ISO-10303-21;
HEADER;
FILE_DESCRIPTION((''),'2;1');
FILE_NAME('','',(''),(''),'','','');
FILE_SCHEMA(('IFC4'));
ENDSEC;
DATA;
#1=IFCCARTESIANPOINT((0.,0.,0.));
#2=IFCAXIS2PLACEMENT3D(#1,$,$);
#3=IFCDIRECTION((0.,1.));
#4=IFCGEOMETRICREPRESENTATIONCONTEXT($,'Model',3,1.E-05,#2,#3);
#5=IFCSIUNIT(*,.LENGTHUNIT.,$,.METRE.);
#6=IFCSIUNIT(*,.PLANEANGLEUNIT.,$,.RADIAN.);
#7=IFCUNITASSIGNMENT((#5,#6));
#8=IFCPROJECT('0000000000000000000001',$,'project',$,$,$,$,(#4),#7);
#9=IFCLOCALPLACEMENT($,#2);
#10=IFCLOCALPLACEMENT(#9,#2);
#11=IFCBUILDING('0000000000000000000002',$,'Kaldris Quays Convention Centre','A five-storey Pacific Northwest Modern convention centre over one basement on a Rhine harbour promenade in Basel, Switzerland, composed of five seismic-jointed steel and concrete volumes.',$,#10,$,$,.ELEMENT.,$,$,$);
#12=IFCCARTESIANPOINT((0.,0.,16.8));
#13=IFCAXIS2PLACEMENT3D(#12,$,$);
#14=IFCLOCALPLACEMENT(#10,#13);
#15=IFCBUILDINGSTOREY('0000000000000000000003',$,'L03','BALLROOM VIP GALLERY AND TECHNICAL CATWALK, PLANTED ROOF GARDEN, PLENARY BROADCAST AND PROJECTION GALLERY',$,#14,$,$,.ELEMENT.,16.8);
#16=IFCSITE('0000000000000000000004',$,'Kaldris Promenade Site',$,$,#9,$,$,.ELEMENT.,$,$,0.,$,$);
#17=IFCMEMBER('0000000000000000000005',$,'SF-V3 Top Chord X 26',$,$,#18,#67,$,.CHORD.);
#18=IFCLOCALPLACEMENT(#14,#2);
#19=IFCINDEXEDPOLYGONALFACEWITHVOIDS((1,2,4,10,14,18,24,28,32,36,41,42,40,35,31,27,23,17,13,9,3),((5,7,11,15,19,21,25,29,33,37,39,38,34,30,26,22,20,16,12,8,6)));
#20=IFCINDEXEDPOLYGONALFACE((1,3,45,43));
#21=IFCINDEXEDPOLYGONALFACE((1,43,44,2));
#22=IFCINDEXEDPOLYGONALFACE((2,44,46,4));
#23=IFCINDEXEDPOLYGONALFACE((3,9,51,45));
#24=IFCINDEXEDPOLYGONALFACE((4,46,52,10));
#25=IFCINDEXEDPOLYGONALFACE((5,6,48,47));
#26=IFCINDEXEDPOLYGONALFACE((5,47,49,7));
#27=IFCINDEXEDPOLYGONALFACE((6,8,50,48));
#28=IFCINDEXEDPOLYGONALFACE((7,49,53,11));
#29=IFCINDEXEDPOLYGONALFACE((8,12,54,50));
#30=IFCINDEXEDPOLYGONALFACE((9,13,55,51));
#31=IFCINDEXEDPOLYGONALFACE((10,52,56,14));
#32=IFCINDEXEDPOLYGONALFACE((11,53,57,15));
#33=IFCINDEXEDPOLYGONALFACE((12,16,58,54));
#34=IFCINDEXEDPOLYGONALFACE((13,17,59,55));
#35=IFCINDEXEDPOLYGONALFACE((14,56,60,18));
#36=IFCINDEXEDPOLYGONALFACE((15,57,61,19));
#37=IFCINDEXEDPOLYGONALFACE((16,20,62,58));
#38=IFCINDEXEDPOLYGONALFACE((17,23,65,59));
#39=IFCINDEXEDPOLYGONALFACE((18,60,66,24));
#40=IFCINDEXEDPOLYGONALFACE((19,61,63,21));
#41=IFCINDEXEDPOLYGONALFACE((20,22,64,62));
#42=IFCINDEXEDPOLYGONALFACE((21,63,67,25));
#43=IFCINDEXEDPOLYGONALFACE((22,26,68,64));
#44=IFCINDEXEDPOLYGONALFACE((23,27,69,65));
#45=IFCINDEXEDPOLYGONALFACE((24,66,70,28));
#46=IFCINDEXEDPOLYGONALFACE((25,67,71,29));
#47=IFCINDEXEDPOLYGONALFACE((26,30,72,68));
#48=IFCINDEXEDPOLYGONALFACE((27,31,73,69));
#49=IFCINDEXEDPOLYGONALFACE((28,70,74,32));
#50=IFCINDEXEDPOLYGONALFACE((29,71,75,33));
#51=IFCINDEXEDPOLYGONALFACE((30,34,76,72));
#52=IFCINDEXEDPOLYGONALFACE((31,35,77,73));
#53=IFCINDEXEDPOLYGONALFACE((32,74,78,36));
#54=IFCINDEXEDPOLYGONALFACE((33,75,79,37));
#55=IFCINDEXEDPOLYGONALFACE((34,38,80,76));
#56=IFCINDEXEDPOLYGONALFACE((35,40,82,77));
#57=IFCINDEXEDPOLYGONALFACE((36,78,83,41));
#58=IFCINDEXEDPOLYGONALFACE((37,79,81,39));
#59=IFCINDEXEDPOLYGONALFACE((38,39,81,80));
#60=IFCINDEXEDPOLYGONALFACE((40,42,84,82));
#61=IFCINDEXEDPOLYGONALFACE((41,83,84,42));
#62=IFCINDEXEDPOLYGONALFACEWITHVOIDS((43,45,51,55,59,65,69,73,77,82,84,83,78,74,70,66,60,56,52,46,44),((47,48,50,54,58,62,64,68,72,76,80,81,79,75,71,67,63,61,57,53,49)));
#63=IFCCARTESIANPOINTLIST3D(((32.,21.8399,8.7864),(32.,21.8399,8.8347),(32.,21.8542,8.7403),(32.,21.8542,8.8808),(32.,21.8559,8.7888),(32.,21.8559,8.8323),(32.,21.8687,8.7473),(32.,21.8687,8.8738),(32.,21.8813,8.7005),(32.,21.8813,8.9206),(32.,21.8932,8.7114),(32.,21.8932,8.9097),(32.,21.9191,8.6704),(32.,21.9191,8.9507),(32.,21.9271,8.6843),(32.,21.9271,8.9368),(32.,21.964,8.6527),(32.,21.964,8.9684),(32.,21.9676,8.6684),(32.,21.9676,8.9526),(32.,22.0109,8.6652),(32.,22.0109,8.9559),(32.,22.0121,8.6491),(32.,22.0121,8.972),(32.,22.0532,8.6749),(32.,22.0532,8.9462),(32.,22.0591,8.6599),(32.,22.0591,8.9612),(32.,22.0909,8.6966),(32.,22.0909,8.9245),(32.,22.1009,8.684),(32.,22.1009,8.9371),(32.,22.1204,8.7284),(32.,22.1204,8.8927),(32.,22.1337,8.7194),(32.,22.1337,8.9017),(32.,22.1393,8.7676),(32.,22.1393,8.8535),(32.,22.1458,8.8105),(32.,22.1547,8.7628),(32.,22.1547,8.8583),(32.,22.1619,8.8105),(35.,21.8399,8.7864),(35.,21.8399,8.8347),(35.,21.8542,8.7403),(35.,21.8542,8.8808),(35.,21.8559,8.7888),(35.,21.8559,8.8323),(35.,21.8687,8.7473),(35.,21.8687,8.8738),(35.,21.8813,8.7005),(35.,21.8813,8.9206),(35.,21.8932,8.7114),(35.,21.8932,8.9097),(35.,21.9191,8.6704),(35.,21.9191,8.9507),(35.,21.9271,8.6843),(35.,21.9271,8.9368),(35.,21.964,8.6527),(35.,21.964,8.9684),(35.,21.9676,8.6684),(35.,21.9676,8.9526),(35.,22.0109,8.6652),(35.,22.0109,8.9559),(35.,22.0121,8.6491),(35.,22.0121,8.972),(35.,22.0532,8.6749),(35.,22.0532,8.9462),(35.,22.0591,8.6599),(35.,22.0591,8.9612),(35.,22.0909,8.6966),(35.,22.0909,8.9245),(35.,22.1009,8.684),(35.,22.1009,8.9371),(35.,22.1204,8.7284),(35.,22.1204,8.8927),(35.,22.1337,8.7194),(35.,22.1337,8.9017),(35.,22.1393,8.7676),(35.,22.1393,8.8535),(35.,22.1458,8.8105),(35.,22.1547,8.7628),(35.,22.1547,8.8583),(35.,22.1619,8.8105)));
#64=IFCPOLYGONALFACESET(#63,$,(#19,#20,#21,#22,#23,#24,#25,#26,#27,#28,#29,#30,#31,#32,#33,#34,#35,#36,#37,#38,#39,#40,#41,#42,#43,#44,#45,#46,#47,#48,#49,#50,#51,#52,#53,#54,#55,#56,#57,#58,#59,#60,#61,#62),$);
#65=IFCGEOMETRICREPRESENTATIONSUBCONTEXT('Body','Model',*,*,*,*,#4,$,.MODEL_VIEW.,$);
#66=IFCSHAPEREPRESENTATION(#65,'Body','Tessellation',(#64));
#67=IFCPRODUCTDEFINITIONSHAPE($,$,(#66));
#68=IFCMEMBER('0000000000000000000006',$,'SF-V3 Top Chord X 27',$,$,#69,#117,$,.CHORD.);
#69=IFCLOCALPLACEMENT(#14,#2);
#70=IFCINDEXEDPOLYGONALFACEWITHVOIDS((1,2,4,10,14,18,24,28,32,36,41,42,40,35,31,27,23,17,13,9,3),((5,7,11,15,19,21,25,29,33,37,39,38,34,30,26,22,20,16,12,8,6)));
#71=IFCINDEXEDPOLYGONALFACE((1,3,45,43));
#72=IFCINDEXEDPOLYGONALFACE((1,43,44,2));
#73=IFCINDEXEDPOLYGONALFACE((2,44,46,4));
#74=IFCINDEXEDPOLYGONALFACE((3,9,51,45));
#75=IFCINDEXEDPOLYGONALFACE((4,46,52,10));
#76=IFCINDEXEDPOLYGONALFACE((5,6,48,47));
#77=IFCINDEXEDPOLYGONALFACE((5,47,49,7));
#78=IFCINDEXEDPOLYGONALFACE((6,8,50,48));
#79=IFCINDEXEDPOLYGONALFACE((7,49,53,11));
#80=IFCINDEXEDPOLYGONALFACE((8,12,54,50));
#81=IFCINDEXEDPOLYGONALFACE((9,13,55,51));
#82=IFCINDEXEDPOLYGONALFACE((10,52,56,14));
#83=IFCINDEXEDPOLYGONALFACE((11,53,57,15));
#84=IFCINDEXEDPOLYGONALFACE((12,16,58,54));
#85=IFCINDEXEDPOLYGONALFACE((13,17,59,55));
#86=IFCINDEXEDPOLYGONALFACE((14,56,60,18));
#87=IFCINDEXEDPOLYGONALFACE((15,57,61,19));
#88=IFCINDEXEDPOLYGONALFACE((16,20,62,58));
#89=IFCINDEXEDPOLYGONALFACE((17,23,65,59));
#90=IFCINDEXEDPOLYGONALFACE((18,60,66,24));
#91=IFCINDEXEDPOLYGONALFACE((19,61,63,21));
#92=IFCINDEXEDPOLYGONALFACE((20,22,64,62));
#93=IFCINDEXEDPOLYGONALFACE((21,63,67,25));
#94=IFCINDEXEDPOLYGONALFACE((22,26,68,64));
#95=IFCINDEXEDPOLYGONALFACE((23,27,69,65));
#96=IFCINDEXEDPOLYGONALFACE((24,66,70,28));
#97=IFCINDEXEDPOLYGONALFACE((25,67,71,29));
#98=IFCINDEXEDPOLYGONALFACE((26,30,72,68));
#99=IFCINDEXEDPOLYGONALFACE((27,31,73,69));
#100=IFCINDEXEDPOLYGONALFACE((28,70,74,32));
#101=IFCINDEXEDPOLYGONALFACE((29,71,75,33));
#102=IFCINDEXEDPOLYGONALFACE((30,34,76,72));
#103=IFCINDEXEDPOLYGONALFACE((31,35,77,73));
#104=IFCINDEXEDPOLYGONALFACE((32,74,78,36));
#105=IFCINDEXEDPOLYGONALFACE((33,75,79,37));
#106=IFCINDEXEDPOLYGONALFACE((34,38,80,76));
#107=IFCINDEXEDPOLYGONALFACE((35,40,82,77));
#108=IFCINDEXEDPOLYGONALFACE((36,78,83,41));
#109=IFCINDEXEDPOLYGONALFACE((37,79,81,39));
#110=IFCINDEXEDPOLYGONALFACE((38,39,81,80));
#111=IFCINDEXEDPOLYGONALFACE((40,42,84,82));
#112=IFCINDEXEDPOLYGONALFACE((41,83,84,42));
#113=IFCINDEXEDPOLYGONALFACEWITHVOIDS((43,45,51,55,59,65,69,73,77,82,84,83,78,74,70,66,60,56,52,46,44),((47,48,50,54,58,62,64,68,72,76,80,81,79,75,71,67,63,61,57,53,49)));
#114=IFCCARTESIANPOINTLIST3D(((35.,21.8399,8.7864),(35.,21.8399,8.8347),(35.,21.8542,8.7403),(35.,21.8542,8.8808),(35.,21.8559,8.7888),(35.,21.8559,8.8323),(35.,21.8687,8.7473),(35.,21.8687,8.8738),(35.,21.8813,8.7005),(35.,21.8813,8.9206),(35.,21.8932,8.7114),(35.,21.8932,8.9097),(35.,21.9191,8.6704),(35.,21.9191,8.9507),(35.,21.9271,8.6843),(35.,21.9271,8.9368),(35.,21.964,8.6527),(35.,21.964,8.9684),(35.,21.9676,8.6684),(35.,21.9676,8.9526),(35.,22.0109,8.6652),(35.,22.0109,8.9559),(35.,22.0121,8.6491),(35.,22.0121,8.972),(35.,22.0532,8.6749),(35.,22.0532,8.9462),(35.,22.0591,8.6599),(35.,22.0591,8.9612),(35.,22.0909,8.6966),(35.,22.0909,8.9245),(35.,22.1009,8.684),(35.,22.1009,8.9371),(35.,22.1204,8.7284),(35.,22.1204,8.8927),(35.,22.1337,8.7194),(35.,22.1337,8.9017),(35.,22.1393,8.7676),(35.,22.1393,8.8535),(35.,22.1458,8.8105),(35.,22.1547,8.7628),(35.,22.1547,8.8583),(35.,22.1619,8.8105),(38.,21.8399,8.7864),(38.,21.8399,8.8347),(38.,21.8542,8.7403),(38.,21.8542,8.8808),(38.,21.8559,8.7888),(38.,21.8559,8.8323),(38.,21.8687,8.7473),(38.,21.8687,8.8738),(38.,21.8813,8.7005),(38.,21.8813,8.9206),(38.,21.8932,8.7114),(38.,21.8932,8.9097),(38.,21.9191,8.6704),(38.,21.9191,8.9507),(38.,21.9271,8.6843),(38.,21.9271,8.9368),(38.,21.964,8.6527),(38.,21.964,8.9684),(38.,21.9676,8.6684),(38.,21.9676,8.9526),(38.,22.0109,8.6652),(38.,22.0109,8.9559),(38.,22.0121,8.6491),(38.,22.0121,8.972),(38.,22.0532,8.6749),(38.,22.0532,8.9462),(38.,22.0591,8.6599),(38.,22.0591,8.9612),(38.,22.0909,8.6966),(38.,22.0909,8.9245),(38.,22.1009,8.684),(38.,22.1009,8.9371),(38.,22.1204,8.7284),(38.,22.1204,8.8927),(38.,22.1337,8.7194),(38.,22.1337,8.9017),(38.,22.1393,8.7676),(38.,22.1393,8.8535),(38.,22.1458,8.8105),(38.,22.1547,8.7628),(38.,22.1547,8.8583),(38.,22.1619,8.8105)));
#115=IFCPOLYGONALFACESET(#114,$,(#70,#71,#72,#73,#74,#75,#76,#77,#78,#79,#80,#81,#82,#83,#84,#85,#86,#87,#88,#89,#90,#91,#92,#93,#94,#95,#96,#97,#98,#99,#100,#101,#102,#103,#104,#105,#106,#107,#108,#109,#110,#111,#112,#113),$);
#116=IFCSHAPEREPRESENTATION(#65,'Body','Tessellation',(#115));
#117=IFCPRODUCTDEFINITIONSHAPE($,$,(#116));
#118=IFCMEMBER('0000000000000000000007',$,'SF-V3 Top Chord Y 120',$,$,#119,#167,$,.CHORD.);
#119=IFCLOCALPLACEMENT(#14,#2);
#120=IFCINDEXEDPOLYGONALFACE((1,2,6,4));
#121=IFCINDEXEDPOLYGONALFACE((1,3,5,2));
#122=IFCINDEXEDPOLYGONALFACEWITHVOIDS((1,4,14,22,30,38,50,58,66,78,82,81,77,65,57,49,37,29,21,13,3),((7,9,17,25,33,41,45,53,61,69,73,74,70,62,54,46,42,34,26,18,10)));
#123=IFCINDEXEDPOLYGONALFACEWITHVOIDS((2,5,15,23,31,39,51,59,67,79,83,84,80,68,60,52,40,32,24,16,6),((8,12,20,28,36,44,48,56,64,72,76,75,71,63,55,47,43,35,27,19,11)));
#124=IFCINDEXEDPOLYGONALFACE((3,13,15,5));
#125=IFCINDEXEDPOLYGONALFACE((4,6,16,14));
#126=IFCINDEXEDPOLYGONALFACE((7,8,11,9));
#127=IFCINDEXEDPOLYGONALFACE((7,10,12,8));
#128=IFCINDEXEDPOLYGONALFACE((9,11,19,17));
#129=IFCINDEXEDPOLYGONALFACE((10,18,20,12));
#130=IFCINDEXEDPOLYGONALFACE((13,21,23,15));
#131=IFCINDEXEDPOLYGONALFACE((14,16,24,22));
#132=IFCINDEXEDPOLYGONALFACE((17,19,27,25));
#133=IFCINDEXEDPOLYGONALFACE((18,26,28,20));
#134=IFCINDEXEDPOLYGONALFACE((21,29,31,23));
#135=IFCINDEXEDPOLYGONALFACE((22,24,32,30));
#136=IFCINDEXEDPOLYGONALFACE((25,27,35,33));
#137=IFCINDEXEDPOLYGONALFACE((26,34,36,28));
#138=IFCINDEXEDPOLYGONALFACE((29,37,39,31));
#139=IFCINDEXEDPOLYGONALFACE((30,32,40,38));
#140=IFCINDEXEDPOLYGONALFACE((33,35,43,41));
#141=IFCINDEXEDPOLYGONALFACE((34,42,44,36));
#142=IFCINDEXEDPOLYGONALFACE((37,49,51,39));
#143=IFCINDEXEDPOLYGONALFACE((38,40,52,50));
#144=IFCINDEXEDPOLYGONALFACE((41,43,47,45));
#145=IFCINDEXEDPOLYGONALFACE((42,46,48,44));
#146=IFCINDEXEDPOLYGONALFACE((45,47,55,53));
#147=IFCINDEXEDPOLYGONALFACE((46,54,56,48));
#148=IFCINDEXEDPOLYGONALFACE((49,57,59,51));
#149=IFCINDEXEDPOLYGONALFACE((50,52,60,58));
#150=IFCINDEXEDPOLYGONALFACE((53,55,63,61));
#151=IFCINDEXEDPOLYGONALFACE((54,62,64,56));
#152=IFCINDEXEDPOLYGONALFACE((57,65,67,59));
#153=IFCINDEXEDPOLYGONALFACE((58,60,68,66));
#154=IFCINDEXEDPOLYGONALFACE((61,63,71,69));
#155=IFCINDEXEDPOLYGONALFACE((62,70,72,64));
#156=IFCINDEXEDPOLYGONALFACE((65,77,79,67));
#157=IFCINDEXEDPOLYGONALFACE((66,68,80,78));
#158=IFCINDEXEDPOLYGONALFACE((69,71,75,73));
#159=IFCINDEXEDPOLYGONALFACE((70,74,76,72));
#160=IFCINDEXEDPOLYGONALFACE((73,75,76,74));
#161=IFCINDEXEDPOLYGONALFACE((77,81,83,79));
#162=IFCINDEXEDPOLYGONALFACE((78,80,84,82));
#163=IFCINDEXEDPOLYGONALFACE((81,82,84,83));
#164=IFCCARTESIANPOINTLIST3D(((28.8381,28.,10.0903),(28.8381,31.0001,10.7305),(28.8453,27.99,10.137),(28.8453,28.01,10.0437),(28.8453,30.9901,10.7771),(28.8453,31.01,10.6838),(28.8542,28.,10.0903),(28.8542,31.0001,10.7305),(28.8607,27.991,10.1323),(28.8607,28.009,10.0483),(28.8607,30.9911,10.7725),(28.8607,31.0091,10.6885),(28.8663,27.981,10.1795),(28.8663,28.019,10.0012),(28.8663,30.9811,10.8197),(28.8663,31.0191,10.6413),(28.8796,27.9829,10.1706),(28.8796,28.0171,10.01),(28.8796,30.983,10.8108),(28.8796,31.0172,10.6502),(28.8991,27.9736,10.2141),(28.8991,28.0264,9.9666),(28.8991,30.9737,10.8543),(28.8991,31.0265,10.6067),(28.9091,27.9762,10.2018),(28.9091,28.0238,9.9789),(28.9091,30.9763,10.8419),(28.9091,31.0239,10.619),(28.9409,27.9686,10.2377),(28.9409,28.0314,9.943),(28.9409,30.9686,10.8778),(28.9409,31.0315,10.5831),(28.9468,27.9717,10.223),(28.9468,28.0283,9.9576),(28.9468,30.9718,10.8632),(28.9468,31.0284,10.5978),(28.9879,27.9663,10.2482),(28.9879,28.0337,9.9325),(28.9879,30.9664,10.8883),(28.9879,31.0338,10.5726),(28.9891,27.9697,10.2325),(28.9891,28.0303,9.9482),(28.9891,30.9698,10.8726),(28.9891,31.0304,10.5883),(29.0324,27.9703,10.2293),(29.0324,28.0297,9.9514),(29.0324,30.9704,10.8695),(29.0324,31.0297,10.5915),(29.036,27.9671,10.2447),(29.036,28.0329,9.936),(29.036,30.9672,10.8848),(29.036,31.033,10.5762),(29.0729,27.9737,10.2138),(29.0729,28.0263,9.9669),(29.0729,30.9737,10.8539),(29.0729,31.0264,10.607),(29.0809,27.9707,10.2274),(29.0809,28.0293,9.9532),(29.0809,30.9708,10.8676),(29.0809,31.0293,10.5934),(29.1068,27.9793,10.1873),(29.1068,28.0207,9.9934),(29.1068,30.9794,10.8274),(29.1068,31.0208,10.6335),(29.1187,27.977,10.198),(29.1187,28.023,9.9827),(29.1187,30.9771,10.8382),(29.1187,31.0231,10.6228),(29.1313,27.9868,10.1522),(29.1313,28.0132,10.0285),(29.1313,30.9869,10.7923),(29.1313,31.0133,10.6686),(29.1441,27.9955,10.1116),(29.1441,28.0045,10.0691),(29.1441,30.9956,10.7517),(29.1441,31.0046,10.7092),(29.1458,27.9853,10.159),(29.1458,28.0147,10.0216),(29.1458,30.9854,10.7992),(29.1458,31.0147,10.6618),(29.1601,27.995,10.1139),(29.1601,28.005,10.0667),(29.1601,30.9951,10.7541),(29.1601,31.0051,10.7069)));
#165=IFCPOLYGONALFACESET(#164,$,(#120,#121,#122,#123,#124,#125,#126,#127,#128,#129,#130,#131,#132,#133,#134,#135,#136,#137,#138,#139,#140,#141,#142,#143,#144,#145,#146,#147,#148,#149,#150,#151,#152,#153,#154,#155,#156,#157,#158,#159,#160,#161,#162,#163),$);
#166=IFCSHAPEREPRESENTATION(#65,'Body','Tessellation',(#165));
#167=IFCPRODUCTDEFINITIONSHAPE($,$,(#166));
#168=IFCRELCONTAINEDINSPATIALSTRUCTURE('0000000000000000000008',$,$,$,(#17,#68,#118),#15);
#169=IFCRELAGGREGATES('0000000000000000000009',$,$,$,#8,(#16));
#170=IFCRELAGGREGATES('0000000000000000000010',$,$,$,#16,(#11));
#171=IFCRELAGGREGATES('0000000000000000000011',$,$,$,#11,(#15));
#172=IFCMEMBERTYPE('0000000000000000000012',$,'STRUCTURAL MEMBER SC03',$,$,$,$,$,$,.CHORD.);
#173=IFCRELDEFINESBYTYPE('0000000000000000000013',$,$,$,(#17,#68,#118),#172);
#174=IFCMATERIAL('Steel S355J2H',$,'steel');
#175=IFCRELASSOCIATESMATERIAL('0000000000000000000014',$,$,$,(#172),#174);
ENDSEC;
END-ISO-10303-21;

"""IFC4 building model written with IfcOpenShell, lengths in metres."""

from ifc_helpers import new_model, si_unit, direction, frame, origin, origin_2d, place, context, subcontext, project, spatial, hollow_circle, extrude, material, material_profile, profile_set, type_object, element, save


model = new_model("IFC4")

# Units and contexts
model_context = context("Model", 3, precision=1e-05, world=origin(), true_north=direction((0.0, 1.0)))
body_context = subcontext(model_context, "Body", "Model", "MODEL_VIEW")
ifc_project = project(units=[si_unit("LENGTHUNIT", "METRE"), si_unit("PLANEANGLEUNIT", "RADIAN")], contexts=[model_context])

# Site, building, storey
site_placement = place(None, origin())
site = spatial("IfcSite", under=ifc_project, at=site_placement, Name="Kaldris Promenade Site", CompositionType="ELEMENT", RefElevation=0.0)
building_placement = place(site_placement, origin())
building = spatial("IfcBuilding", under=site, at=building_placement, Name="Kaldris Quays Convention Centre", Description="A five-storey Pacific Northwest Modern convention centre over one basement on a Rhine harbour promenade in Basel, Switzerland, composed of five seismic-jointed steel and concrete volumes.", CompositionType="ELEMENT")
storey_placement = place(building_placement, frame((0.0, 0.0, 16.8)))
storey = spatial("IfcBuildingStorey", under=building, at=storey_placement, Name="L03", Description="BALLROOM VIP GALLERY AND TECHNICAL CATWALK, PLANTED ROOF GARDEN, PLENARY BROADCAST AND PROJECTION GALLERY", CompositionType="ELEMENT", Elevation=16.8)

# Members
ifc_material_1 = material(Name="Steel S355J2H", Category="steel")
ifc_material_profile_1 = material_profile(ifc_material_1, hollow_circle(Radius=0.1619, WallThickness=0.0161, at=origin_2d()), Name="CHS 323.9x16")
ifc_profile_set_1 = profile_set([ifc_material_profile_1], Name="Steel S355J2H")
member_type_1 = type_object("IfcMemberType", Name="STRUCTURAL MEMBER SC03", PredefinedType="CHORD", material=ifc_profile_set_1)
for number, where, z_axis, x_axis, name in (
    (1, (32.0, 22.0, 8.8105), (1.0, 0.0, 0.0), (0.0, 1.0, 0.0), "SF-V3 Top Chord X 26"),
    (2, (35.0, 22.0, 8.8105), (1.0, 0.0, 0.0), (0.0, 1.0, 0.0), "SF-V3 Top Chord X 27"),
):
    element("IfcMember", number, at=place(storey_placement, frame(where, z_axis=z_axis, x_axis=x_axis)), inside=storey, type_object=member_type_1, Name=name, PredefinedType="CHORD", context=body_context, shape_type="SweptSolid", body=[
        extrude(hollow_circle(Radius=0.1619, WallThickness=0.0161, at=origin_2d()), origin(), (0.0, 0.0, 1.0), 3.0),
    ])
for number, where, z_axis, x_axis, name in (
    (3, (29.0, 28.0, 10.0903), (0.0, 0.977984, 0.208681), (-1.0, 0.0, 0.0), "SF-V3 Top Chord Y 120"),
):
    element("IfcMember", number, at=place(storey_placement, frame(where, z_axis=z_axis, x_axis=x_axis)), inside=storey, type_object=member_type_1, Name=name, PredefinedType="CHORD", context=body_context, shape_type="SweptSolid", body=[
        extrude(hollow_circle(Radius=0.1619, WallThickness=0.0161, at=origin_2d()), origin(), (0.0, 0.0, 1.0), 3.0676),
    ])

save(model, "model.ifc")
